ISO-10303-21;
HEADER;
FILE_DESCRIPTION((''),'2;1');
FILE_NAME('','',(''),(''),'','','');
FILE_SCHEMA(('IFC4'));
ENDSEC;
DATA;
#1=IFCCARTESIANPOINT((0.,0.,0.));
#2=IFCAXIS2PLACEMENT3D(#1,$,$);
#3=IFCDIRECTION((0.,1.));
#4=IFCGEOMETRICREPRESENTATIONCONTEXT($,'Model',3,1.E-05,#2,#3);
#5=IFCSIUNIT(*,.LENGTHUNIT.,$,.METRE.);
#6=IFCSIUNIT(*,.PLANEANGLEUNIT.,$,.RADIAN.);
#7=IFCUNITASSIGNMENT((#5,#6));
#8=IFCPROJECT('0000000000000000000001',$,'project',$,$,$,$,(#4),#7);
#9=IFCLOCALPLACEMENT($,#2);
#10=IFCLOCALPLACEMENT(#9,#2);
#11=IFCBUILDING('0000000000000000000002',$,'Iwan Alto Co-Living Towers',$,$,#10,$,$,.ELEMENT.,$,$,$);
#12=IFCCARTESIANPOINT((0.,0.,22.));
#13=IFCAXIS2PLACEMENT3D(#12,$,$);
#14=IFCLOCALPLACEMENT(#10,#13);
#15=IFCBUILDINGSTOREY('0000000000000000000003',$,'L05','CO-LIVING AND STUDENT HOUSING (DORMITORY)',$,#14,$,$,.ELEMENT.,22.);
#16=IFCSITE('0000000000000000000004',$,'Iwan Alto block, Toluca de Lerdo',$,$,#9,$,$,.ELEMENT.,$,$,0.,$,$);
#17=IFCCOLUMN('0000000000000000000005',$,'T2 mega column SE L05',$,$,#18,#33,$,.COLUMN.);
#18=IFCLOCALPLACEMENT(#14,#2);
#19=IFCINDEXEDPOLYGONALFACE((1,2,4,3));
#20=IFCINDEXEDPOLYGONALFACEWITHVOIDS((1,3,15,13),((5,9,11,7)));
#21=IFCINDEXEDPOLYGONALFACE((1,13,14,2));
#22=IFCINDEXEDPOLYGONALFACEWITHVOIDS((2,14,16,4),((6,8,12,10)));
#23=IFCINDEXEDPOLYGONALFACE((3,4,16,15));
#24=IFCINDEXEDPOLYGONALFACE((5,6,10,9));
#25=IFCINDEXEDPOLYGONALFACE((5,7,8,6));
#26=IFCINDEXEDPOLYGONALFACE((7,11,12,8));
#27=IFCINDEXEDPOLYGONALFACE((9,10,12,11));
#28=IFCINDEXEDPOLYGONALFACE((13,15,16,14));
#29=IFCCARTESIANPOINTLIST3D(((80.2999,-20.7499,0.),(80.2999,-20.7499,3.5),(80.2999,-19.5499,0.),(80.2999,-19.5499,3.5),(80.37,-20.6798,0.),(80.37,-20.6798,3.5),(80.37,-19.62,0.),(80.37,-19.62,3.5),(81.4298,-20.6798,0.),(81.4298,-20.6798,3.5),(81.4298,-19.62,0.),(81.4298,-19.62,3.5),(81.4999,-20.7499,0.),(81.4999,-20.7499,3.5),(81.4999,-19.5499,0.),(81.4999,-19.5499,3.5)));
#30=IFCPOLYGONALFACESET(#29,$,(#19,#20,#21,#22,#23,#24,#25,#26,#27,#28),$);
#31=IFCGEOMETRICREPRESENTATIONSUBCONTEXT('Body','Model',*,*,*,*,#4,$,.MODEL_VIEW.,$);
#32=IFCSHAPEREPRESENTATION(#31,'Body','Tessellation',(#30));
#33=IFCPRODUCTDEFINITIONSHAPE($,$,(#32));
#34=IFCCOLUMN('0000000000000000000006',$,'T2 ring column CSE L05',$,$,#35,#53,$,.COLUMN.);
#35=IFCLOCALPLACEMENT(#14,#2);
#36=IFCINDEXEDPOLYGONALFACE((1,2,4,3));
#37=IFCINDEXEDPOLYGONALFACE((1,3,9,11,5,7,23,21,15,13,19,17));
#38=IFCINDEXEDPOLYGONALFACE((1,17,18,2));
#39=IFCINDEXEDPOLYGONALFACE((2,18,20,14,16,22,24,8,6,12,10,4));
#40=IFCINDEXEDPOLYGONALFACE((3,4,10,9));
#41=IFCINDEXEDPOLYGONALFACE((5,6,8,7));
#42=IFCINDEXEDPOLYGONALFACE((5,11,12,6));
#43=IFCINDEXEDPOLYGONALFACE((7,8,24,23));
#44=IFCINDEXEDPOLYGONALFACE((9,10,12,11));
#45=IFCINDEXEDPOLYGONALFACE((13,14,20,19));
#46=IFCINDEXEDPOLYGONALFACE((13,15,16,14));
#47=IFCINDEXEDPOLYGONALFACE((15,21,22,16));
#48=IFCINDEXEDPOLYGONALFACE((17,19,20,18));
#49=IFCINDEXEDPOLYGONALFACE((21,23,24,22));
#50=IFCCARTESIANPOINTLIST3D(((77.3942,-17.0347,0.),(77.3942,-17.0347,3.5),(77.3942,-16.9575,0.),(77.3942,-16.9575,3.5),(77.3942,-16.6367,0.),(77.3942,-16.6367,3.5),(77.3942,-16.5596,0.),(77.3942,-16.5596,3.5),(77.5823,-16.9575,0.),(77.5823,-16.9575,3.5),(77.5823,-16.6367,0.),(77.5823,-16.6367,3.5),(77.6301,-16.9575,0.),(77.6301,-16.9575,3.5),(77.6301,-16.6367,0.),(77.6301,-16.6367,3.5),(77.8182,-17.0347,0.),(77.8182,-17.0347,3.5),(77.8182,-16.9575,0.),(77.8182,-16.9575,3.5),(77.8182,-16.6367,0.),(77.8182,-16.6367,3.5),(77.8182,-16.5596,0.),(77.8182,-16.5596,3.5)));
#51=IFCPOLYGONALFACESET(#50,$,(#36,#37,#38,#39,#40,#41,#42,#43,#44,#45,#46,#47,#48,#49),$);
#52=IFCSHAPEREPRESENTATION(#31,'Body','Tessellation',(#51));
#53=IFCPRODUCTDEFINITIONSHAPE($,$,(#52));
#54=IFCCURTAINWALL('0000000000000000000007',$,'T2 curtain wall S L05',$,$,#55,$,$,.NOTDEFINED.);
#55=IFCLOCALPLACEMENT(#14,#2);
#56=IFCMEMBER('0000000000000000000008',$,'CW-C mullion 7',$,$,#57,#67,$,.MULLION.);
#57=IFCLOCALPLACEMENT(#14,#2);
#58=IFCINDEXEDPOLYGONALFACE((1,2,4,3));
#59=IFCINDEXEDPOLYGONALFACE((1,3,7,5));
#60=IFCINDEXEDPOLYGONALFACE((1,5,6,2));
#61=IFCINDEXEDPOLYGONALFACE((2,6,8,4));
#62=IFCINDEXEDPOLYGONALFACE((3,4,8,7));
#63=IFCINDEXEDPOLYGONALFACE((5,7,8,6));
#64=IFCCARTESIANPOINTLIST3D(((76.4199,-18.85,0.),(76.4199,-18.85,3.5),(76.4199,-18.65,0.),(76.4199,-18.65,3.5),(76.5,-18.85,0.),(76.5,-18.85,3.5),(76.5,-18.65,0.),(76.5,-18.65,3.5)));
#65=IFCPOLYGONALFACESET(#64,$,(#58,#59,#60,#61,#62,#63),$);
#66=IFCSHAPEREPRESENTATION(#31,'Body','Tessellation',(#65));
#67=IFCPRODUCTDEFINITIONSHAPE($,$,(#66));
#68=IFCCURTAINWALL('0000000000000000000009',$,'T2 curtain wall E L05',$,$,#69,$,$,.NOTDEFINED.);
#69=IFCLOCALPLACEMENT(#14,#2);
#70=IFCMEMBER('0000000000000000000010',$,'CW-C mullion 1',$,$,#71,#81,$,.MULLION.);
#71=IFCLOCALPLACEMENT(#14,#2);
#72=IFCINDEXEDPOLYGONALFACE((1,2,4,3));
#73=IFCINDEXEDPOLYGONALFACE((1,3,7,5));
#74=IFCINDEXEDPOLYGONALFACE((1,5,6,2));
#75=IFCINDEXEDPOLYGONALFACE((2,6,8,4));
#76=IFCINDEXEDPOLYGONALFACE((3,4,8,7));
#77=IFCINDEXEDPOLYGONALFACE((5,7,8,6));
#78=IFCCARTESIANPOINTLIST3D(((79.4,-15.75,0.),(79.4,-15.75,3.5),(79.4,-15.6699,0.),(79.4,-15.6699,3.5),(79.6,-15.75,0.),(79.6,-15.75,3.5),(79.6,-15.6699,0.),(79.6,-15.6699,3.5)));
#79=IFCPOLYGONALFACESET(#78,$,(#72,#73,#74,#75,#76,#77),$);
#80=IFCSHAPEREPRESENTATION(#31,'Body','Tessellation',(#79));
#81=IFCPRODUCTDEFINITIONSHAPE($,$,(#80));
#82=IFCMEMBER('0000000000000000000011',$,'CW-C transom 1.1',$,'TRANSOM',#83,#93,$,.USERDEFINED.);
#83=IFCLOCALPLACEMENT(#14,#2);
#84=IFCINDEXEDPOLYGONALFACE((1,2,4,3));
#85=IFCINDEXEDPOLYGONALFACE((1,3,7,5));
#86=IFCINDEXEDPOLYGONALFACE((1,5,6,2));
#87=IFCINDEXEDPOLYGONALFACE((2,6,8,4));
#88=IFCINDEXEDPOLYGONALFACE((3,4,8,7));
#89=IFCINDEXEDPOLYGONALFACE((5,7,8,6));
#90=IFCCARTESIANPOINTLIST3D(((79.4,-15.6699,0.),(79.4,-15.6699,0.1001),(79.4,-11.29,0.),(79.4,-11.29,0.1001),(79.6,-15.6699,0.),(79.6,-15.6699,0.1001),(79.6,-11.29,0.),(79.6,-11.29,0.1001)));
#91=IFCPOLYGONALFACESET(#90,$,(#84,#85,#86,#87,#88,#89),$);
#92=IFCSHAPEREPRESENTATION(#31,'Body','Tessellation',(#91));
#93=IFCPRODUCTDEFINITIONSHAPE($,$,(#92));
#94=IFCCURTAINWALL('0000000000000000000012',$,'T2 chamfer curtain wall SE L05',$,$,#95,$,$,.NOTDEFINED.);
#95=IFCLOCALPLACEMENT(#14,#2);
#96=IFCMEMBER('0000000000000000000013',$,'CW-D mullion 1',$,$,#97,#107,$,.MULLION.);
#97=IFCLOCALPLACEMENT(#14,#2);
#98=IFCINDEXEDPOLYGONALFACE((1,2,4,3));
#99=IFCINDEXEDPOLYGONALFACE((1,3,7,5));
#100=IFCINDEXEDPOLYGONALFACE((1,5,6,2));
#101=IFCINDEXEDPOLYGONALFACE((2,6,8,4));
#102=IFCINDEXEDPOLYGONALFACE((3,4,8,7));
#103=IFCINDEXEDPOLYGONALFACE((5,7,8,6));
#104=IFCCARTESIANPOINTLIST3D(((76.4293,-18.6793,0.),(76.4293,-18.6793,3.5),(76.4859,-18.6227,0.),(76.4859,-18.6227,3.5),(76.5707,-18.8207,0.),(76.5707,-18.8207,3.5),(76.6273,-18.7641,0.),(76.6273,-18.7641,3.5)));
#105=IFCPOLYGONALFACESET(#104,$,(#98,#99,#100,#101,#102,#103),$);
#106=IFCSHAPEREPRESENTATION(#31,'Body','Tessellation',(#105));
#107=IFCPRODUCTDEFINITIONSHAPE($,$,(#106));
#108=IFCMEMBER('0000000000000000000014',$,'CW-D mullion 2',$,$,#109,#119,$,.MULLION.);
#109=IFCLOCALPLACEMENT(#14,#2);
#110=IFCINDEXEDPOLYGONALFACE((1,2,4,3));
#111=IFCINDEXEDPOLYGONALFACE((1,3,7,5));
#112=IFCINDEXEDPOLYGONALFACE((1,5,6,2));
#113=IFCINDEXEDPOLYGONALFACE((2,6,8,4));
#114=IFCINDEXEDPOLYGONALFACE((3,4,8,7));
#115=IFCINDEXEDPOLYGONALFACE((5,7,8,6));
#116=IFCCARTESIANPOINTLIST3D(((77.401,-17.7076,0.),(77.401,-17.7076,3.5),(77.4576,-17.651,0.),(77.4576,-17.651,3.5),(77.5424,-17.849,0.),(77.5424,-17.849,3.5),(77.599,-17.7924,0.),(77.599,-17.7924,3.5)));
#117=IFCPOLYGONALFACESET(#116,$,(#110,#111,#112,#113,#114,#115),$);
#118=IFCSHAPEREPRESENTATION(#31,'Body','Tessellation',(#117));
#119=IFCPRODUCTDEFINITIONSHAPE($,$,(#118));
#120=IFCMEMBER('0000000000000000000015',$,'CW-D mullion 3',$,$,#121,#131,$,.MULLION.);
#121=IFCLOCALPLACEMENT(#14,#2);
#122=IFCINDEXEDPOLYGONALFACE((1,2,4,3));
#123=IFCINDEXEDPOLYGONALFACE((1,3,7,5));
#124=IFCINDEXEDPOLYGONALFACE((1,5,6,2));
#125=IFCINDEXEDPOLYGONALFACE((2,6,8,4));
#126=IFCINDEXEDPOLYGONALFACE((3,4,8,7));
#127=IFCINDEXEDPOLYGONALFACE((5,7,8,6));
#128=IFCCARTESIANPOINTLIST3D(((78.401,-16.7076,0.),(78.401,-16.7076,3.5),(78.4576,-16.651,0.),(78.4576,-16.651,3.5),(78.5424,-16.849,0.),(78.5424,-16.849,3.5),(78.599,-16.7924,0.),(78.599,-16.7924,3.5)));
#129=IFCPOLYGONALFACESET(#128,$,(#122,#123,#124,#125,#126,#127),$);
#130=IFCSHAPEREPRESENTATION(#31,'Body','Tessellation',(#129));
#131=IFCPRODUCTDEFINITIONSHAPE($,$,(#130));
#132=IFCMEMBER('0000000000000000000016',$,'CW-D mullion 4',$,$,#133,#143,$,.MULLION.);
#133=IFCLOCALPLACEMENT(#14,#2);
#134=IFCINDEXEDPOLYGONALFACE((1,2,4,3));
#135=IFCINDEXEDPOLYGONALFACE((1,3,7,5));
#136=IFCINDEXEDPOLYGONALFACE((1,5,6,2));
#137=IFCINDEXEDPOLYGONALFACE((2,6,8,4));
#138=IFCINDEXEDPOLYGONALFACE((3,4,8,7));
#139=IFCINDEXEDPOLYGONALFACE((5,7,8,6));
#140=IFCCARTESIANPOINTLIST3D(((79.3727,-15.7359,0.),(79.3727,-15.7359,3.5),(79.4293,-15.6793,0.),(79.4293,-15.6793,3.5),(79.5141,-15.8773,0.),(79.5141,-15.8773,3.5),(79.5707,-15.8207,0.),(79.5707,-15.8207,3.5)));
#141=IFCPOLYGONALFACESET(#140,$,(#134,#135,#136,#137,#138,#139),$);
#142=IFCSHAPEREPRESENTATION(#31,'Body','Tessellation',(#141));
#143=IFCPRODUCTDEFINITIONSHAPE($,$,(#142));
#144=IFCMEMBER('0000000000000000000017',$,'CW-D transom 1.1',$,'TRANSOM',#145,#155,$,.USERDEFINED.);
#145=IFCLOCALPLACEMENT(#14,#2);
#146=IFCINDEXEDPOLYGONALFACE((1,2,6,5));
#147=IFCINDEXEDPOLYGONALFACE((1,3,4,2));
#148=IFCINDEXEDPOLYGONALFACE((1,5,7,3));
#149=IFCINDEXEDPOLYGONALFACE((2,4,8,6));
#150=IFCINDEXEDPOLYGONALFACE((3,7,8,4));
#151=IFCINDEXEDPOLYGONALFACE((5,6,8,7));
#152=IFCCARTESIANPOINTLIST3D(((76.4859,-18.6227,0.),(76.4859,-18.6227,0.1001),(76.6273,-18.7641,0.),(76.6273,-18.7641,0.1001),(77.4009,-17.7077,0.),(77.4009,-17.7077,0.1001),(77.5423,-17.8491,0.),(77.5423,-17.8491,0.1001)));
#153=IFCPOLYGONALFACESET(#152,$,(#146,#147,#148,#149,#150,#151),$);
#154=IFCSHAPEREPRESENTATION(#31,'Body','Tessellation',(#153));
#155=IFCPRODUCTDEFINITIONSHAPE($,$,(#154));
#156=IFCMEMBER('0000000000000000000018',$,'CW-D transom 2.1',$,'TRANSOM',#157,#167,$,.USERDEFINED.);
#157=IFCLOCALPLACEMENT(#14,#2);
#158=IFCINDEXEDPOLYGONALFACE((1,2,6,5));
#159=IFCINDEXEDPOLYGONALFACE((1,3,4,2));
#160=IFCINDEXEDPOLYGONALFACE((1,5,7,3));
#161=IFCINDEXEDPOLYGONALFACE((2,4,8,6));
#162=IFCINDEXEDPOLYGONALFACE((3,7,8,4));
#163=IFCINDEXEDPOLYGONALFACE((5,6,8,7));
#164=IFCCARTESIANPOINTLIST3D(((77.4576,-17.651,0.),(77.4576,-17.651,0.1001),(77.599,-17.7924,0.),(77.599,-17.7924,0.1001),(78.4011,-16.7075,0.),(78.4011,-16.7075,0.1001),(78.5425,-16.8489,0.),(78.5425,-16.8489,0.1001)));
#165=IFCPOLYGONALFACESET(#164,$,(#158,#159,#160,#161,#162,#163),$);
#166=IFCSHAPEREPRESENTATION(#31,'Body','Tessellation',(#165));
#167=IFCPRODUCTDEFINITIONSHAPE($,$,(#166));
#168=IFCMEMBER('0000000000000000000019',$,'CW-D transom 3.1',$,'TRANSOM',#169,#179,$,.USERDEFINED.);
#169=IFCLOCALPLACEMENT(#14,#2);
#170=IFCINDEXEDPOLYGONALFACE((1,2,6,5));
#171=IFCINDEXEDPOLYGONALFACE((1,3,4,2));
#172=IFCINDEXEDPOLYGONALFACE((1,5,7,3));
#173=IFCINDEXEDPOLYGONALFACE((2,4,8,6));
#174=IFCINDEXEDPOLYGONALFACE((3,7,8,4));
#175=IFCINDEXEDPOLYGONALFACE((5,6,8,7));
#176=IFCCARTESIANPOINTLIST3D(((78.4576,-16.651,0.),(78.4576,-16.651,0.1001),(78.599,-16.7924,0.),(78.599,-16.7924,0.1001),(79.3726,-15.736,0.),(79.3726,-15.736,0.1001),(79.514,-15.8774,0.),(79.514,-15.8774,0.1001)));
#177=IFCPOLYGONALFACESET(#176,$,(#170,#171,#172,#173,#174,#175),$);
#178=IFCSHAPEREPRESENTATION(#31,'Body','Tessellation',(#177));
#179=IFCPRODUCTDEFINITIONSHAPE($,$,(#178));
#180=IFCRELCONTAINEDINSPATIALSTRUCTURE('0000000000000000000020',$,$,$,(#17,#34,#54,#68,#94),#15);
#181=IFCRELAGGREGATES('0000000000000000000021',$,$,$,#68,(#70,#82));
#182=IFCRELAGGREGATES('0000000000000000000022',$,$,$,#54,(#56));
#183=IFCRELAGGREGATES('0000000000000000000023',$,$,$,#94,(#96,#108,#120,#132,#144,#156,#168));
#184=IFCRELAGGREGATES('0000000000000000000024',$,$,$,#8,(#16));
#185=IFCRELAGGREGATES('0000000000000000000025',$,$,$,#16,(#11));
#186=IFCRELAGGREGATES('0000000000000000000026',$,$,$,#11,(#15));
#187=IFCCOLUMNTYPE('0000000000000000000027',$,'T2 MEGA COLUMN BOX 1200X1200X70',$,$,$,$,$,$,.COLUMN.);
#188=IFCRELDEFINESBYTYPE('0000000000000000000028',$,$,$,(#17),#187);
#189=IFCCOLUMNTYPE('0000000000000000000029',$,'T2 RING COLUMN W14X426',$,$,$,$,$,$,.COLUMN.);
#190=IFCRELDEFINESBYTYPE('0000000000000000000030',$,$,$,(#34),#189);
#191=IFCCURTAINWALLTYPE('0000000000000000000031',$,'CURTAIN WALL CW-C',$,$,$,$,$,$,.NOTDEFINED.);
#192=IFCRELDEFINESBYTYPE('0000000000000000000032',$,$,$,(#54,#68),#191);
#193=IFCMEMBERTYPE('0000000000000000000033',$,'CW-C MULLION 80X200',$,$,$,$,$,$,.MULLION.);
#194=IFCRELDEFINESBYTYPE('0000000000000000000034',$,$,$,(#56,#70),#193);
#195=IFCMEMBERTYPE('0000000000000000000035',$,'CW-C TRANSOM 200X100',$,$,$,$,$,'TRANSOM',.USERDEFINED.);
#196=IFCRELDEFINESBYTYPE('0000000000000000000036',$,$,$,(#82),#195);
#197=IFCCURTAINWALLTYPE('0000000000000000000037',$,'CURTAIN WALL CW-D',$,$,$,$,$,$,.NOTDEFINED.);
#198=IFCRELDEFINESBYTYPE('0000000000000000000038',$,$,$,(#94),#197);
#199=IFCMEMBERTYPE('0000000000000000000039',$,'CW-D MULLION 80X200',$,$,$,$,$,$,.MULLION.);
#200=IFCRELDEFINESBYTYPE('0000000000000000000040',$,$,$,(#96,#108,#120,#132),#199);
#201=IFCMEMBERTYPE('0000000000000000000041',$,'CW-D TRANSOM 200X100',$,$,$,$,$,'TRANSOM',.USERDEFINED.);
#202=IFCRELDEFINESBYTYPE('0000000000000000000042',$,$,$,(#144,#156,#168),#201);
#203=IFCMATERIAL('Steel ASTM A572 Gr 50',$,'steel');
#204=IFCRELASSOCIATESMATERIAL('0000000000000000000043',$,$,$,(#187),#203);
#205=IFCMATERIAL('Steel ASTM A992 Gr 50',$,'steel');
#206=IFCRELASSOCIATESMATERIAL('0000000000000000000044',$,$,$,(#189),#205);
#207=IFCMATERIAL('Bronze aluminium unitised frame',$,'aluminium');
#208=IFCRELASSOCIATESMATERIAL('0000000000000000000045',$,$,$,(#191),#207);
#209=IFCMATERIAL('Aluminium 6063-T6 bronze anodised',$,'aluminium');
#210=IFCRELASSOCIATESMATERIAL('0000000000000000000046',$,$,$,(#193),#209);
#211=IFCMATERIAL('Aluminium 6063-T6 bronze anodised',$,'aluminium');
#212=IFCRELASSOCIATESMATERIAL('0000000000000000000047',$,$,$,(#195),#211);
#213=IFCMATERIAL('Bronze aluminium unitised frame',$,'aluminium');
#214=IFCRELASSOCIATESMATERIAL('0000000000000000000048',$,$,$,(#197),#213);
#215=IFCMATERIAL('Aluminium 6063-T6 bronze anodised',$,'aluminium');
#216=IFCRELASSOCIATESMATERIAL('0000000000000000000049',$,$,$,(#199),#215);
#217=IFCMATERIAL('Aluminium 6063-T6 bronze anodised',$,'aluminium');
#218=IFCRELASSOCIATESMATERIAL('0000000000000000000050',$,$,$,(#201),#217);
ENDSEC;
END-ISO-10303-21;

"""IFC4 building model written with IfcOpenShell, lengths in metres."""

from ifc_helpers import new_model, si_unit, direction, frame, origin, origin_2d, place, context, subcontext, project, spatial, rectangle, hollow_rectangle, i_section, extrude, material, material_profile, profile_set, type_object, element, aggregate, save


model = new_model("IFC4")

# Units and contexts
model_context = context("Model", 3, precision=1e-05, world=origin(), true_north=direction((0.0, 1.0)))
body_context = subcontext(model_context, "Body", "Model", "MODEL_VIEW")
ifc_project = project(units=[si_unit("LENGTHUNIT", "METRE"), si_unit("PLANEANGLEUNIT", "RADIAN")], contexts=[model_context])

# Site, building, storey
site_placement = place(None, origin())
site = spatial("IfcSite", under=ifc_project, at=site_placement, Name="Iwan Alto block, Toluca de Lerdo", CompositionType="ELEMENT", RefElevation=0.0)
building_placement = place(site_placement, origin())
building = spatial("IfcBuilding", under=site, at=building_placement, Name="Iwan Alto Co-Living Towers", CompositionType="ELEMENT")
storey_placement = place(building_placement, frame((0.0, 0.0, 22.0)))
storey = spatial("IfcBuildingStorey", under=building, at=storey_placement, Name="L05", Description="CO-LIVING AND STUDENT HOUSING (DORMITORY)", CompositionType="ELEMENT", Elevation=22.0)

# Columns
ifc_material_1 = material(Name="Steel ASTM A572 Gr 50", Category="steel")
ifc_material_profile_1 = material_profile(ifc_material_1, hollow_rectangle(XDim=1.2, YDim=1.2, WallThickness=0.0701, at=origin_2d()), Name="BOX 1200X1200X70")
ifc_profile_set_1 = profile_set([ifc_material_profile_1], Name="Steel ASTM A572 Gr 50")
column_type_1 = type_object("IfcColumnType", Name="T2 MEGA COLUMN BOX 1200X1200X70", PredefinedType="COLUMN", material=ifc_profile_set_1)
column_1_placement = place(storey_placement, frame((80.8999, -20.1499, 0.0), z_axis=(0.0, 0.0, 1.0), x_axis=(1.0, 0.0, 0.0)))
element("IfcColumn", 1, at=column_1_placement, inside=storey, type_object=column_type_1, Name="T2 mega column SE L05", PredefinedType="COLUMN", context=body_context, shape_type="SweptSolid", body=[
    extrude(hollow_rectangle(XDim=1.2, YDim=1.2, WallThickness=0.0701, at=origin_2d()), origin(), (0.0, 0.0, 1.0), 3.5),
])
ifc_material_2 = material(Name="Steel ASTM A992 Gr 50", Category="steel")
ifc_material_profile_2 = material_profile(ifc_material_2, i_section(OverallWidth=0.4241, OverallDepth=0.4751, WebThickness=0.0479, FlangeThickness=0.0771, at=origin_2d()), Name="W14X426")
ifc_profile_set_2 = profile_set([ifc_material_profile_2], Name="Steel ASTM A992 Gr 50")
column_type_2 = type_object("IfcColumnType", Name="T2 RING COLUMN W14X426", PredefinedType="COLUMN", material=ifc_profile_set_2)
column_2_placement = place(storey_placement, frame((77.6062, -16.7971, 0.0), z_axis=(0.0, 0.0, 1.0), x_axis=(1.0, 0.0, 0.0)))
element("IfcColumn", 2, at=column_2_placement, inside=storey, type_object=column_type_2, Name="T2 ring column CSE L05", PredefinedType="COLUMN", context=body_context, shape_type="SweptSolid", body=[
    extrude(i_section(OverallWidth=0.4241, OverallDepth=0.4751, WebThickness=0.0479, FlangeThickness=0.0771, at=origin_2d()), origin(), (0.0, 0.0, 1.0), 3.5),
])

# Curtain wall, member
ifc_material_3 = material(Name="Bronze aluminium unitised frame", Category="aluminium")
curtain_wall_type_1 = type_object("IfcCurtainWallType", Name="CURTAIN WALL CW-C", PredefinedType="NOTDEFINED", material=ifc_material_3)
curtain_wall_1_placement = place(storey_placement, origin())
curtain_wall_1 = element("IfcCurtainWall", 3, at=curtain_wall_1_placement, inside=storey, type_object=curtain_wall_type_1, Name="T2 curtain wall S L05", PredefinedType="NOTDEFINED")
ifc_material_4 = material(Name="Aluminium 6063-T6 bronze anodised", Category="aluminium")
ifc_material_profile_3 = material_profile(ifc_material_4, rectangle(XDim=0.2, YDim=0.0801, at=origin_2d()), Name="AL 80X200")
ifc_profile_set_3 = profile_set([ifc_material_profile_3], Name="Aluminium 6063-T6 bronze anodised")
member_type_1 = type_object("IfcMemberType", Name="CW-C MULLION 80X200", PredefinedType="MULLION", material=ifc_profile_set_3)
member_1_placement = place(storey_placement, frame((76.46, -18.75, 0.0), z_axis=(0.0, 0.0, 1.0), x_axis=(0.0, 1.0, 0.0)))
member_1 = element("IfcMember", 4, at=member_1_placement, type_object=member_type_1, Name="CW-C mullion 7", PredefinedType="MULLION", context=body_context, shape_type="SweptSolid", body=[
    extrude(rectangle(XDim=0.2, YDim=0.0801, at=origin_2d()), origin(), (0.0, 0.0, 1.0), 3.5),
])

# Curtain walls, members
curtain_wall_2_placement = place(storey_placement, origin())
curtain_wall_2 = element("IfcCurtainWall", 5, at=curtain_wall_2_placement, inside=storey, type_object=curtain_wall_type_1, Name="T2 curtain wall E L05", PredefinedType="NOTDEFINED")
member_2_placement = place(storey_placement, frame((79.5, -15.71, 0.0), z_axis=(0.0, 0.0, 1.0), x_axis=(-1.0, 0.0, 0.0)))
member_2 = element("IfcMember", 6, at=member_2_placement, type_object=member_type_1, Name="CW-C mullion 1", PredefinedType="MULLION", context=body_context, shape_type="SweptSolid", body=[
    extrude(rectangle(XDim=0.2, YDim=0.0801, at=origin_2d()), origin(), (0.0, 0.0, 1.0), 3.5),
])
ifc_material_5 = material(Name="Aluminium 6063-T6 bronze anodised", Category="aluminium")
ifc_material_profile_4 = material_profile(ifc_material_5, rectangle(XDim=0.2, YDim=0.1001, at=origin_2d()), Name="AL 200X100")
ifc_profile_set_4 = profile_set([ifc_material_profile_4], Name="Aluminium 6063-T6 bronze anodised")
member_type_2 = type_object("IfcMemberType", Name="CW-C TRANSOM 200X100", ElementType="TRANSOM", PredefinedType="USERDEFINED", material=ifc_profile_set_4)
member_3_placement = place(storey_placement, frame((79.5, -15.6699, 0.05), z_axis=(0.0, 1.0, 0.0), x_axis=(-1.0, 0.0, 0.0)))
member_3 = element("IfcMember", 7, at=member_3_placement, type_object=member_type_2, Name="CW-C transom 1.1", ObjectType="TRANSOM", PredefinedType="USERDEFINED", context=body_context, shape_type="SweptSolid", body=[
    extrude(rectangle(XDim=0.2, YDim=0.1001, at=origin_2d()), origin(), (0.0, 0.0, 1.0), 4.3799),
])
aggregate(curtain_wall_2, [member_2, member_3])
ifc_material_6 = material(Name="Bronze aluminium unitised frame", Category="aluminium")
curtain_wall_type_2 = type_object("IfcCurtainWallType", Name="CURTAIN WALL CW-D", PredefinedType="NOTDEFINED", material=ifc_material_6)
curtain_wall_3_placement = place(storey_placement, origin())
curtain_wall_3 = element("IfcCurtainWall", 8, at=curtain_wall_3_placement, inside=storey, type_object=curtain_wall_type_2, Name="T2 chamfer curtain wall SE L05", PredefinedType="NOTDEFINED")
ifc_material_7 = material(Name="Aluminium 6063-T6 bronze anodised", Category="aluminium")
ifc_material_profile_5 = material_profile(ifc_material_7, rectangle(XDim=0.2, YDim=0.0801, at=origin_2d()), Name="AL 80X200")
ifc_profile_set_5 = profile_set([ifc_material_profile_5], Name="Aluminium 6063-T6 bronze anodised")
member_type_3 = type_object("IfcMemberType", Name="CW-D MULLION 80X200", PredefinedType="MULLION", material=ifc_profile_set_5)
member_4_placement = place(storey_placement, frame((76.5283, -18.7217, 0.0), z_axis=(0.0, 0.0, 1.0), x_axis=(-0.707107, 0.707107, 0.0)))
member_4 = element("IfcMember", 9, at=member_4_placement, type_object=member_type_3, Name="CW-D mullion 1", PredefinedType="MULLION", context=body_context, shape_type="SweptSolid", body=[
    extrude(rectangle(XDim=0.2, YDim=0.0801, at=origin_2d()), origin(), (0.0, 0.0, 1.0), 3.5),
])
member_5_placement = place(storey_placement, frame((77.5, -17.75, 0.0), z_axis=(0.0, 0.0, 1.0), x_axis=(-0.707107, 0.707107, 0.0)))
member_5 = element("IfcMember", 10, at=member_5_placement, type_object=member_type_3, Name="CW-D mullion 2", PredefinedType="MULLION", context=body_context, shape_type="SweptSolid", body=[
    extrude(rectangle(XDim=0.2, YDim=0.0801, at=origin_2d()), origin(), (0.0, 0.0, 1.0), 3.5),
])
member_6_placement = place(storey_placement, frame((78.5, -16.75, 0.0), z_axis=(0.0, 0.0, 1.0), x_axis=(-0.707107, 0.707107, 0.0)))
member_6 = element("IfcMember", 11, at=member_6_placement, type_object=member_type_3, Name="CW-D mullion 3", PredefinedType="MULLION", context=body_context, shape_type="SweptSolid", body=[
    extrude(rectangle(XDim=0.2, YDim=0.0801, at=origin_2d()), origin(), (0.0, 0.0, 1.0), 3.5),
])
member_7_placement = place(storey_placement, frame((79.4717, -15.7783, 0.0), z_axis=(0.0, 0.0, 1.0), x_axis=(-0.707107, 0.707107, 0.0)))
member_7 = element("IfcMember", 12, at=member_7_placement, type_object=member_type_3, Name="CW-D mullion 4", PredefinedType="MULLION", context=body_context, shape_type="SweptSolid", body=[
    extrude(rectangle(XDim=0.2, YDim=0.0801, at=origin_2d()), origin(), (0.0, 0.0, 1.0), 3.5),
])
ifc_material_8 = material(Name="Aluminium 6063-T6 bronze anodised", Category="aluminium")
ifc_material_profile_6 = material_profile(ifc_material_8, rectangle(XDim=0.2, YDim=0.1001, at=origin_2d()), Name="AL 200X100")
ifc_profile_set_6 = profile_set([ifc_material_profile_6], Name="Aluminium 6063-T6 bronze anodised")
member_type_4 = type_object("IfcMemberType", Name="CW-D TRANSOM 200X100", ElementType="TRANSOM", PredefinedType="USERDEFINED", material=ifc_profile_set_6)
member_8_placement = place(storey_placement, frame((76.5566, -18.6934, 0.05), z_axis=(0.707107, 0.707107, 0.0), x_axis=(-0.707107, 0.707107, 0.0)))
member_8 = element("IfcMember", 13, at=member_8_placement, type_object=member_type_4, Name="CW-D transom 1.1", ObjectType="TRANSOM", PredefinedType="USERDEFINED", context=body_context, shape_type="SweptSolid", body=[
    extrude(rectangle(XDim=0.2, YDim=0.1001, at=origin_2d()), origin(), (0.0, 0.0, 1.0), 1.2939),
])
member_9_placement = place(storey_placement, frame((77.5283, -17.7217, 0.05), z_axis=(0.707107, 0.707107, 0.0), x_axis=(-0.707107, 0.707107, 0.0)))
member_9 = element("IfcMember", 14, at=member_9_placement, type_object=member_type_4, Name="CW-D transom 2.1", ObjectType="TRANSOM", PredefinedType="USERDEFINED", context=body_context, shape_type="SweptSolid", body=[
    extrude(rectangle(XDim=0.2, YDim=0.1001, at=origin_2d()), origin(), (0.0, 0.0, 1.0), 1.3342),
])
member_10_placement = place(storey_placement, frame((78.5283, -16.7217, 0.05), z_axis=(0.707107, 0.707107, 0.0), x_axis=(-0.707107, 0.707107, 0.0)))
member_10 = element("IfcMember", 15, at=member_10_placement, type_object=member_type_4, Name="CW-D transom 3.1", ObjectType="TRANSOM", PredefinedType="USERDEFINED", context=body_context, shape_type="SweptSolid", body=[
    extrude(rectangle(XDim=0.2, YDim=0.1001, at=origin_2d()), origin(), (0.0, 0.0, 1.0), 1.2939),
])

aggregate(curtain_wall_1, [member_1])
aggregate(curtain_wall_3, [member_4, member_5, member_6, member_7, member_8, member_9, member_10])

save(model, "model.ifc")
